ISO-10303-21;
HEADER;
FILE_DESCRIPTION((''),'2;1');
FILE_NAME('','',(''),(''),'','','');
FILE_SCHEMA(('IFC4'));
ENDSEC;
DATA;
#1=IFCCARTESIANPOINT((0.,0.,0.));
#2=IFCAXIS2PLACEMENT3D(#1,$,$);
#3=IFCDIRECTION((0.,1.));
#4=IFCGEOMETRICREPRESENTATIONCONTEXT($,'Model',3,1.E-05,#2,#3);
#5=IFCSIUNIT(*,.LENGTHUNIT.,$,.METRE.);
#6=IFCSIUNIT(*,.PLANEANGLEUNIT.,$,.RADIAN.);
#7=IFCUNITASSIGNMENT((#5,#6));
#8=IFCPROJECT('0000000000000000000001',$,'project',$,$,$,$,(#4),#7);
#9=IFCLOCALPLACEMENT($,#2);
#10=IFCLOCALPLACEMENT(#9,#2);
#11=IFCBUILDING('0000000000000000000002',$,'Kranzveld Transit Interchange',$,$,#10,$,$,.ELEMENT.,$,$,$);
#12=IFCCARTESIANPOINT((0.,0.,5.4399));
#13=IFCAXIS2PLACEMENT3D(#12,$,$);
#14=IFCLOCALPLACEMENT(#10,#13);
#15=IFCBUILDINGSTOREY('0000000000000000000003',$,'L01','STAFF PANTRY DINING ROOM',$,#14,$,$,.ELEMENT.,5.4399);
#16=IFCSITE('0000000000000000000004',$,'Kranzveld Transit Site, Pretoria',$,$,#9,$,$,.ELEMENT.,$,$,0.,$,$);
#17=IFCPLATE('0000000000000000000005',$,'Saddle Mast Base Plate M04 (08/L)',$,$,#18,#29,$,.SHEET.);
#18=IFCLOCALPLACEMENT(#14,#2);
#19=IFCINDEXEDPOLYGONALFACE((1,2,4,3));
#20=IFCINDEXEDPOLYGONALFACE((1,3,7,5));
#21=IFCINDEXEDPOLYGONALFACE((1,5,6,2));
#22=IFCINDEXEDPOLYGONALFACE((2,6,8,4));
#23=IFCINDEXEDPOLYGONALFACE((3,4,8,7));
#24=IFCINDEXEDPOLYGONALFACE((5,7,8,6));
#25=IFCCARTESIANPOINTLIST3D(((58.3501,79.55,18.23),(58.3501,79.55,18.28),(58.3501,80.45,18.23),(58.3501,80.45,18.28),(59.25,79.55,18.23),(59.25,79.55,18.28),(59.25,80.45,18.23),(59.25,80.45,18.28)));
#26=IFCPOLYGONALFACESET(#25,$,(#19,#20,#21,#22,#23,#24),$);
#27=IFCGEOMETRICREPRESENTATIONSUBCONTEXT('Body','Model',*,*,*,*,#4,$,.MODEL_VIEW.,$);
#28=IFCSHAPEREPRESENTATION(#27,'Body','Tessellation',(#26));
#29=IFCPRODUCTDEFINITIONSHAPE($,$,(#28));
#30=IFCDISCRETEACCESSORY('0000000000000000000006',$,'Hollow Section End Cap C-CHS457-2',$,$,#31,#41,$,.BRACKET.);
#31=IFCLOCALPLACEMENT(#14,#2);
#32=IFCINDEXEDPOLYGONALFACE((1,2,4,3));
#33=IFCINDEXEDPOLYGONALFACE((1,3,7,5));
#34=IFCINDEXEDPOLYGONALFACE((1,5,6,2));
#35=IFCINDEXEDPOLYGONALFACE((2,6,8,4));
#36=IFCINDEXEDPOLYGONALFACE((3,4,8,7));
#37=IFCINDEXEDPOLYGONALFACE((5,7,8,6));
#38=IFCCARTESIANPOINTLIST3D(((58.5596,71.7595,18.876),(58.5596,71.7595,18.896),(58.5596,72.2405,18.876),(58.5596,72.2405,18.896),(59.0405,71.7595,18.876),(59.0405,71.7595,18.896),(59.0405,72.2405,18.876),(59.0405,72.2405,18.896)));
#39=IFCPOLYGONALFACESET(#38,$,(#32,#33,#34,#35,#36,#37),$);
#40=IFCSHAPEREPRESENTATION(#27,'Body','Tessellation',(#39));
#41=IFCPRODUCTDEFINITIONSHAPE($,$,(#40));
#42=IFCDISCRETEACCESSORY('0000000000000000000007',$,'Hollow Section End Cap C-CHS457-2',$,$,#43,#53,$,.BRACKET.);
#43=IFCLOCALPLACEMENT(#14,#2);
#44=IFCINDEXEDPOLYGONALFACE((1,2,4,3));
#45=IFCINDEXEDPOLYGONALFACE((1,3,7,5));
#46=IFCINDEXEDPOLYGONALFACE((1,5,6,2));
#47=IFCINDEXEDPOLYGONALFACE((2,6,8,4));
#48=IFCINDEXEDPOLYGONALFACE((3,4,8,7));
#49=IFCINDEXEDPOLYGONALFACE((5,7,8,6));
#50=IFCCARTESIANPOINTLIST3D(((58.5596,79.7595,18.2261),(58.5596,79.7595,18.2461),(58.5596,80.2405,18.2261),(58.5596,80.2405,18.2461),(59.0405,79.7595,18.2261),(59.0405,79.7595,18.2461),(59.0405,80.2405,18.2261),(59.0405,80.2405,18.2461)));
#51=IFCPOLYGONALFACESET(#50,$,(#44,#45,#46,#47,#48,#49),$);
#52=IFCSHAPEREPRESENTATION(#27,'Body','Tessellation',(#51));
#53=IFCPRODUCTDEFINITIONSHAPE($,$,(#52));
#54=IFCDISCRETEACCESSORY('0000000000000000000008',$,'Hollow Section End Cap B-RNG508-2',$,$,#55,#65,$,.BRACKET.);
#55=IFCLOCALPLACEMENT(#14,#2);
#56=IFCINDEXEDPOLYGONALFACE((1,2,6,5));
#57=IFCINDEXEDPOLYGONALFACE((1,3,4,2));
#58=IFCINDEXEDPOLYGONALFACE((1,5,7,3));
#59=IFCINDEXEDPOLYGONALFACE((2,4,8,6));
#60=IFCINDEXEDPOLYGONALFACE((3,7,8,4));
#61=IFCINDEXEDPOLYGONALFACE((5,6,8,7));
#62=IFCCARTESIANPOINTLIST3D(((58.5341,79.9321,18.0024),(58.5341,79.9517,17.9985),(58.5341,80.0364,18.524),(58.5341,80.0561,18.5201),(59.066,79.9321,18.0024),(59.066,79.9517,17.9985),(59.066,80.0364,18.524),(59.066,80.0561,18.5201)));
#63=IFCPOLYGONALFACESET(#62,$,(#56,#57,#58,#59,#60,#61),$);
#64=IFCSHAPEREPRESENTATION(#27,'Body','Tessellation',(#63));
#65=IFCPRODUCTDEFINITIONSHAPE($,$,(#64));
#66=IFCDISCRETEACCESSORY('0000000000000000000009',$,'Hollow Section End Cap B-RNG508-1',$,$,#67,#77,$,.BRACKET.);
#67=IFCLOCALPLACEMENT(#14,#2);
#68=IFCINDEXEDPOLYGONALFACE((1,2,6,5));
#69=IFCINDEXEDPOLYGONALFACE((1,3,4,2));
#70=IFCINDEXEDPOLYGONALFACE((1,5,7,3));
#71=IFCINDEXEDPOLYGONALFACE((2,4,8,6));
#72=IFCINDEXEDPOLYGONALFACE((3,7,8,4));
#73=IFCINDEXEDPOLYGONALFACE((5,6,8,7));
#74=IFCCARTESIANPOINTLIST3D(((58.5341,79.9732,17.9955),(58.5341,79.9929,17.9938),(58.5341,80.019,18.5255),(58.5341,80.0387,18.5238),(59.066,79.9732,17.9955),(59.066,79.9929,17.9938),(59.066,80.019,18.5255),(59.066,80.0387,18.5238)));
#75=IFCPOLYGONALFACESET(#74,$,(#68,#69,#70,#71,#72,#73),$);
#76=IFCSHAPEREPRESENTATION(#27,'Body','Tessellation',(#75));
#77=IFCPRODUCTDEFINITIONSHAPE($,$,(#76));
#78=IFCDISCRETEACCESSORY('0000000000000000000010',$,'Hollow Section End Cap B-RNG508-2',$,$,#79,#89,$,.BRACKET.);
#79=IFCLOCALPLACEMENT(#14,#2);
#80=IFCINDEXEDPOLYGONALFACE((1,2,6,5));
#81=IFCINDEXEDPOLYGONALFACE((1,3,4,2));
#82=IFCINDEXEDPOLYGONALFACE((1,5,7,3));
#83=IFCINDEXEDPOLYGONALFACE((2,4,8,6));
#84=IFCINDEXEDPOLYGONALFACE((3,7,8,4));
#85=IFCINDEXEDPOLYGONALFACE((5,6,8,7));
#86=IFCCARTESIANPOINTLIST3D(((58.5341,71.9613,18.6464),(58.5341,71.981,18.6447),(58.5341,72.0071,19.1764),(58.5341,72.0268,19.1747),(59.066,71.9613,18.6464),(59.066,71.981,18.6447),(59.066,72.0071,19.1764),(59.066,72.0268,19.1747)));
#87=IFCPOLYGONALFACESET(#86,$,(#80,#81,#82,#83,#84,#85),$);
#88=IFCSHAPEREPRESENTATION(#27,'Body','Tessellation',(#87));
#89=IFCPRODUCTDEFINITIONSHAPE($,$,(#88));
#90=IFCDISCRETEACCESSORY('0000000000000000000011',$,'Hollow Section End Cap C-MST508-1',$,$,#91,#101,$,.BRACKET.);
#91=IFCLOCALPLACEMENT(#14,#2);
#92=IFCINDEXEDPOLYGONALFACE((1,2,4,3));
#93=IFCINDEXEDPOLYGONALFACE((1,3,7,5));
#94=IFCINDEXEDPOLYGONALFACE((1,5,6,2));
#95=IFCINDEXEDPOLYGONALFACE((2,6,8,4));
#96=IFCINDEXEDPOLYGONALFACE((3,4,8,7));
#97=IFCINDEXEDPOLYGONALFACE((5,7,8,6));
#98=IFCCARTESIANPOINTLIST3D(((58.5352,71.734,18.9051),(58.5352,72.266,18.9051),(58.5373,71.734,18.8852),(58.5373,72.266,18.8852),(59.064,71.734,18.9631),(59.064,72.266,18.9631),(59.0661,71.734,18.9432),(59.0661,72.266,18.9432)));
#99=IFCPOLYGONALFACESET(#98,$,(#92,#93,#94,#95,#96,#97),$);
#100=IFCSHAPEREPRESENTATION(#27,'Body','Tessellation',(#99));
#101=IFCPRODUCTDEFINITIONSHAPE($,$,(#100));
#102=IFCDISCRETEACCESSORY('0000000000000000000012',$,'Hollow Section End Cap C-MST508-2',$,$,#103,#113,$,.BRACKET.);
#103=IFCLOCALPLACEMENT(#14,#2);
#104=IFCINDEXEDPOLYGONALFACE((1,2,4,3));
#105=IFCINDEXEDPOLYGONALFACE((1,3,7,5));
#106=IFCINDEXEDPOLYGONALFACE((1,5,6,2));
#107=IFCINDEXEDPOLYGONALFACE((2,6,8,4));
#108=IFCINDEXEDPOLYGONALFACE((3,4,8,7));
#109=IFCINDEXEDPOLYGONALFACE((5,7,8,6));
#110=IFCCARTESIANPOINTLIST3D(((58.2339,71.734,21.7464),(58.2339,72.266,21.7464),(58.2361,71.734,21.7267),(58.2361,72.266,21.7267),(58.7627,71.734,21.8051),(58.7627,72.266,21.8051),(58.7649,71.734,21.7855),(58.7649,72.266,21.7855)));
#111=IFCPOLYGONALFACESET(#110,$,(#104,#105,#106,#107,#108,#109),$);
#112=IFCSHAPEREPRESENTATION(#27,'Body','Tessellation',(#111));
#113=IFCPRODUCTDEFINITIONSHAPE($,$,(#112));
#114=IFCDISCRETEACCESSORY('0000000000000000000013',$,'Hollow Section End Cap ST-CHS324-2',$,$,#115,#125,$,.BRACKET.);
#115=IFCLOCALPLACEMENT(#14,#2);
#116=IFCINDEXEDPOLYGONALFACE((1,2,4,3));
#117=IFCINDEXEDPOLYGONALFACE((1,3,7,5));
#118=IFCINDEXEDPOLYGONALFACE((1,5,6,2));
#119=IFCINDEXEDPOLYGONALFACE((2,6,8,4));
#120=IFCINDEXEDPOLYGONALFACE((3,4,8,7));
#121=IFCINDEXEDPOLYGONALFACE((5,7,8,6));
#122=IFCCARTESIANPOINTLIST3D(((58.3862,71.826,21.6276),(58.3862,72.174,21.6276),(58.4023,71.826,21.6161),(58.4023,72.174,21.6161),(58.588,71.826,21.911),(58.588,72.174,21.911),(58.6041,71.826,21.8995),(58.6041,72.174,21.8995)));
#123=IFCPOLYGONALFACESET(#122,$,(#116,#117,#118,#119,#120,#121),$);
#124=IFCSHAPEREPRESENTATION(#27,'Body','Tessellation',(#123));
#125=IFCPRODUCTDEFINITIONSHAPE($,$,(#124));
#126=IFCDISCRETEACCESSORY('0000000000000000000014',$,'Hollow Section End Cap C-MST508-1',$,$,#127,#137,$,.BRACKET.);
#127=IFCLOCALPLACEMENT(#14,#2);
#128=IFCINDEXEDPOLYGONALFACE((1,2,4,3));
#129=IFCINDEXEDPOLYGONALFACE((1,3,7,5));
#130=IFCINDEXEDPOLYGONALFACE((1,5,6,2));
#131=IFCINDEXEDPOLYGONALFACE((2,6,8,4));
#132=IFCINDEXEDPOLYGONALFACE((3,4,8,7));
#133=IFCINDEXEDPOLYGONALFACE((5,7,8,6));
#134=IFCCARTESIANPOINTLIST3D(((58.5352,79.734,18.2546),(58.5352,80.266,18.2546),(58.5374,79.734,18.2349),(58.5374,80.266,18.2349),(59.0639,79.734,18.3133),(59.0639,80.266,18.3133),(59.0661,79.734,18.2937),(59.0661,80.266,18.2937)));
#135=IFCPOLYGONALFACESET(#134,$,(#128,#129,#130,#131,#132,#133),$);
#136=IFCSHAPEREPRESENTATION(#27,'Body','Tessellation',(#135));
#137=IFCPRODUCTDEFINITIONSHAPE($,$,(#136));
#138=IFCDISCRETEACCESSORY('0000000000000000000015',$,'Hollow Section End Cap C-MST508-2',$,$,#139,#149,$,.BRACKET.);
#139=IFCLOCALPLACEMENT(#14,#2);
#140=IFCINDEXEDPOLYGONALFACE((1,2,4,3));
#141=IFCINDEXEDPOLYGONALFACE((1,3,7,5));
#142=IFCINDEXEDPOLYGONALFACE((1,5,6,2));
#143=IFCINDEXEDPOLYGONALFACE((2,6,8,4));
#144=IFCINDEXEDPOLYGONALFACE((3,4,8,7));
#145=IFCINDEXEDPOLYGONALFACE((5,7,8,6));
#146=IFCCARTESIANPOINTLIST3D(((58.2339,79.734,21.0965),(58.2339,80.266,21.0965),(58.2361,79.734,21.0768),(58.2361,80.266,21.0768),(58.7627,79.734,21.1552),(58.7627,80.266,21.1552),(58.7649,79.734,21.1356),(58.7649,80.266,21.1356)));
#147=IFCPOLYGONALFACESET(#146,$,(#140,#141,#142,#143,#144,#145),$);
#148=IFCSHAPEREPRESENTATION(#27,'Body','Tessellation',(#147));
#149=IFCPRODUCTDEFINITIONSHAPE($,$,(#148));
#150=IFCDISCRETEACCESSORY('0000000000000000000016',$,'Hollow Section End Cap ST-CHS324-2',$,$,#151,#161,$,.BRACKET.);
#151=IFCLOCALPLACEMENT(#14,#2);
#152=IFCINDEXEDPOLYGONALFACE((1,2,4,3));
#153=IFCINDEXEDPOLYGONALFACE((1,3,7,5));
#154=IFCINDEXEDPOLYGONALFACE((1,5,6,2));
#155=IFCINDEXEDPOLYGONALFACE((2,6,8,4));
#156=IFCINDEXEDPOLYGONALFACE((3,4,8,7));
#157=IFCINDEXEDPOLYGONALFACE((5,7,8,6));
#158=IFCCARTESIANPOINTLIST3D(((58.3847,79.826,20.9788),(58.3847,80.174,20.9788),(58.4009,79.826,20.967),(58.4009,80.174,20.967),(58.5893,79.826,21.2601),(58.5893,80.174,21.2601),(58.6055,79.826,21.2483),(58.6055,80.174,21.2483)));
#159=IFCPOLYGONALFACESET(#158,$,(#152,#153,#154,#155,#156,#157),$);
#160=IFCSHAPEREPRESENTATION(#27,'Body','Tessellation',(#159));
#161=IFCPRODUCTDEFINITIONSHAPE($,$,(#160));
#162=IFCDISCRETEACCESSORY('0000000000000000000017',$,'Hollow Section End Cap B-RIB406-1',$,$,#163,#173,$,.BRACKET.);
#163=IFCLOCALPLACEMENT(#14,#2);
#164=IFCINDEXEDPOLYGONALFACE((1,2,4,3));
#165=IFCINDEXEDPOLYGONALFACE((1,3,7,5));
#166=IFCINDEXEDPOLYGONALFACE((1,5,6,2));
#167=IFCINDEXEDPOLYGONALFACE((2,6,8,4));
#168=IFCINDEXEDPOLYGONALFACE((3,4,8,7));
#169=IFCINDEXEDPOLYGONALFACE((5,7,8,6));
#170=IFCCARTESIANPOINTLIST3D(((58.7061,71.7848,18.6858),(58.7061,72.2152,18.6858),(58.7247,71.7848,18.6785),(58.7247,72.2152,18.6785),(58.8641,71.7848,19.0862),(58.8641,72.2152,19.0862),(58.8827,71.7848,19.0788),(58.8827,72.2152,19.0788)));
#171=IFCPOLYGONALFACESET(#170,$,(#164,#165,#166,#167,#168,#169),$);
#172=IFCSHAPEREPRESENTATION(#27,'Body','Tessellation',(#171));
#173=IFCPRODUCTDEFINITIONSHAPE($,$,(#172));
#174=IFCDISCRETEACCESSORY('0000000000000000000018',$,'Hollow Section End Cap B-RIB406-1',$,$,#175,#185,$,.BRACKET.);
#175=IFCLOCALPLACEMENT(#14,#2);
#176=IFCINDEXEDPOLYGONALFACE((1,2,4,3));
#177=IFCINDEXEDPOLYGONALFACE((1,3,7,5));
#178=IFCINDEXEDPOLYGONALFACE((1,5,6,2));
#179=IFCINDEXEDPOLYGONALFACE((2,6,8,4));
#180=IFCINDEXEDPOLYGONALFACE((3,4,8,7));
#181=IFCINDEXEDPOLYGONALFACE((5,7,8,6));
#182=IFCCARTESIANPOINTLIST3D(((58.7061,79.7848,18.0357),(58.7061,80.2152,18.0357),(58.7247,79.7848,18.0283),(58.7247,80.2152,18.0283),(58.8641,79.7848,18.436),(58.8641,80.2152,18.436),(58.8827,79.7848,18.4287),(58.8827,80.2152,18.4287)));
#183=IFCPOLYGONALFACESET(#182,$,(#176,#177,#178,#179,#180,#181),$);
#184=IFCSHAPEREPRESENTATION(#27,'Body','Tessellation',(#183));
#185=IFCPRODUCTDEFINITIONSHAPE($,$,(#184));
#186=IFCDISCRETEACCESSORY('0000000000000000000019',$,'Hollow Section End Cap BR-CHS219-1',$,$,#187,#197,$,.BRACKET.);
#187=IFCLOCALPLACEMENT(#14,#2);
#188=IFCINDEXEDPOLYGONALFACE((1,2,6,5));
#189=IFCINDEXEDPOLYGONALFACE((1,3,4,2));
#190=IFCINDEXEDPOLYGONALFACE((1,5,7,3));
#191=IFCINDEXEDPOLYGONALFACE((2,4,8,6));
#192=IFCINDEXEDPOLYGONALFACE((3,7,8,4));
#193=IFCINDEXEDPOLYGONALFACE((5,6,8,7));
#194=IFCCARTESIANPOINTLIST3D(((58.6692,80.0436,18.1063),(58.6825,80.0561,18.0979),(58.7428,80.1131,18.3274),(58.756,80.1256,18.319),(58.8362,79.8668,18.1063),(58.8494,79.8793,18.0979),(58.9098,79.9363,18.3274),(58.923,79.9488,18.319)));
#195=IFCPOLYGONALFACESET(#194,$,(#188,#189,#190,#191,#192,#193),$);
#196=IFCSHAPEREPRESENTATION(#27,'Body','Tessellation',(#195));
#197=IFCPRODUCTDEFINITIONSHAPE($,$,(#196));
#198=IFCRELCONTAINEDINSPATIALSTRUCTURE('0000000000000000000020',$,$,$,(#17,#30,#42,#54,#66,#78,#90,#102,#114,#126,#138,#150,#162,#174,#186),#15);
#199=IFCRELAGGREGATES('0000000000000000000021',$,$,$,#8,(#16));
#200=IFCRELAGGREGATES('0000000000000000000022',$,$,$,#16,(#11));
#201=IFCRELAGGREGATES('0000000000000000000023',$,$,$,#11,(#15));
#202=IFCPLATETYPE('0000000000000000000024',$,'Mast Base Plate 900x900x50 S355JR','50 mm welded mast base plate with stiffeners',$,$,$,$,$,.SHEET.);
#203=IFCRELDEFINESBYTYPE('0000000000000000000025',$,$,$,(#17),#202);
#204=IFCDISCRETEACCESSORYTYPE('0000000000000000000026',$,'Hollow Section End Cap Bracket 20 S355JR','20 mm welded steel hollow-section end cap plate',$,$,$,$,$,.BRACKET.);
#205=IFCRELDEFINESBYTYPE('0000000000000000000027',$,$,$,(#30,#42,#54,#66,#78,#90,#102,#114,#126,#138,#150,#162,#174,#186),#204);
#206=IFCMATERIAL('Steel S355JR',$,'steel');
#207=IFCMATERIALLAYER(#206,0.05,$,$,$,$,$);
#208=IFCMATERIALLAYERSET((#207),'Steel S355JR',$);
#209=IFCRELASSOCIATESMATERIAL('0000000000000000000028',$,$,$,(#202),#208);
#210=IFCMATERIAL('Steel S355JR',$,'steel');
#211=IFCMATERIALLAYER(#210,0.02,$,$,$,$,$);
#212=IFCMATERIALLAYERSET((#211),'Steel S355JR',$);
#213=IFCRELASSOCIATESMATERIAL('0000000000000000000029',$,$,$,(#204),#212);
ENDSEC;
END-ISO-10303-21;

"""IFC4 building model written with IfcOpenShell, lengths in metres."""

from ifc_helpers import new_model, si_unit, direction, frame, origin, origin_2d, place, context, subcontext, project, spatial, rectangle, extrude, material, layer, layer_set, type_object, element, save


model = new_model("IFC4")

# Units and contexts
model_context = context("Model", 3, precision=1e-05, world=origin(), true_north=direction((0.0, 1.0)))
body_context = subcontext(model_context, "Body", "Model", "MODEL_VIEW")
ifc_project = project(units=[si_unit("LENGTHUNIT", "METRE"), si_unit("PLANEANGLEUNIT", "RADIAN")], contexts=[model_context])

# Site, building, storey
site_placement = place(None, origin())
site = spatial("IfcSite", under=ifc_project, at=site_placement, Name="Kranzveld Transit Site, Pretoria", CompositionType="ELEMENT", RefElevation=0.0)
building_placement = place(site_placement, origin())
building = spatial("IfcBuilding", under=site, at=building_placement, Name="Kranzveld Transit Interchange", CompositionType="ELEMENT")
storey_placement = place(building_placement, frame((0.0, 0.0, 5.4399)))
storey = spatial("IfcBuildingStorey", under=building, at=storey_placement, Name="L01", Description="STAFF PANTRY DINING ROOM", CompositionType="ELEMENT", Elevation=5.4399)

# Plate
ifc_material_1 = material(Name="Steel S355JR", Category="steel")
ifc_layer_1 = layer(ifc_material_1, 0.05)
ifc_layer_set_1 = layer_set([ifc_layer_1], Name="Steel S355JR")
plate_type_1 = type_object("IfcPlateType", Name="Mast Base Plate 900x900x50 S355JR", Description="50 mm welded mast base plate with stiffeners", PredefinedType="SHEET", material=ifc_layer_set_1)
for number, where, z_axis, x_axis, name in (
    (1, (58.8, 80.0, 18.23), (0.0, 0.0, 1.0), (1.0, 0.0, 0.0), "Saddle Mast Base Plate M04 (08/L)"),
):
    element("IfcPlate", number, at=place(storey_placement, frame(where, z_axis=z_axis, x_axis=x_axis)), inside=storey, type_object=plate_type_1, Name=name, PredefinedType="SHEET", context=body_context, shape_type="SweptSolid", body=[
        extrude(rectangle(XDim=0.8999, YDim=0.8999, at=origin_2d()), origin(), (0.0, 0.0, 1.0), 0.05),
    ])

# Discrete accessories
ifc_material_2 = material(Name="Steel S355JR", Category="steel")
ifc_layer_2 = layer(ifc_material_2, 0.02)
ifc_layer_set_2 = layer_set([ifc_layer_2], Name="Steel S355JR")
discrete_accessory_type = type_object("IfcDiscreteAccessoryType", Name="Hollow Section End Cap Bracket 20 S355JR", Description="20 mm welded steel hollow-section end cap plate", PredefinedType="BRACKET", material=ifc_layer_set_2)
for number, where, z_axis, x_axis, name in (
    (2, (58.8, 72.0, 18.876), (0.0, 0.0, 1.0), (1.0, 0.0, 0.0), "Hollow Section End Cap C-CHS457-2"),
    (3, (58.8, 80.0, 18.2261), (0.0, 0.0, 1.0), (1.0, 0.0, 0.0), "Hollow Section End Cap C-CHS457-2"),
):
    element("IfcDiscreteAccessory", number, at=place(storey_placement, frame(where, z_axis=z_axis, x_axis=x_axis)), inside=storey, type_object=discrete_accessory_type, Name=name, PredefinedType="BRACKET", context=body_context, shape_type="SweptSolid", body=[
        extrude(rectangle(XDim=0.481, YDim=0.481, at=origin_2d()), origin(), (0.0, 0.0, 1.0), 0.02),
    ])
discrete_accessory_1_placement = place(storey_placement, frame((58.8, 80.0039, 18.2593), z_axis=(0.0, -0.980581, 0.196116), x_axis=(1.0, 0.0, 0.0)))
element("IfcDiscreteAccessory", 4, at=discrete_accessory_1_placement, inside=storey, type_object=discrete_accessory_type, Name="Hollow Section End Cap B-RNG508-2", PredefinedType="BRACKET", context=body_context, shape_type="SweptSolid", body=[
    extrude(rectangle(XDim=0.532, YDim=0.532, at=origin_2d()), origin(), (0.0, 0.0, 1.0), 0.02),
])
for number, where, z_axis, x_axis, name in (
    (5, (58.8, 79.9961, 18.2605), (0.0, 0.996287, -0.086099), (-1.0, 0.0, 0.0), "Hollow Section End Cap B-RNG508-1"),
    (6, (58.8, 72.0039, 18.9097), (0.0, -0.996287, 0.086099), (1.0, 0.0, 0.0), "Hollow Section End Cap B-RNG508-2"),
):
    element("IfcDiscreteAccessory", number, at=place(storey_placement, frame(where, z_axis=z_axis, x_axis=x_axis)), inside=storey, type_object=discrete_accessory_type, Name=name, PredefinedType="BRACKET", context=body_context, shape_type="SweptSolid", body=[
        extrude(rectangle(XDim=0.532, YDim=0.532, at=origin_2d()), origin(), (0.0, 0.0, 1.0), 0.0198),
    ])
discrete_accessory_2_placement = place(storey_placement, frame((58.7996, 72.0, 18.9341), z_axis=(0.109101, 0.0, -0.994031), x_axis=(0.0, 1.0, 0.0)))
element("IfcDiscreteAccessory", 7, at=discrete_accessory_2_placement, inside=storey, type_object=discrete_accessory_type, Name="Hollow Section End Cap C-MST508-1", PredefinedType="BRACKET", context=body_context, shape_type="SweptSolid", body=[
    extrude(rectangle(XDim=0.532, YDim=0.532, at=origin_2d()), origin(), (0.0, 0.0, 1.0), 0.02),
])
discrete_accessory_3_placement = place(storey_placement, frame((58.5005, 72.0, 21.7561), z_axis=(-0.110432, 0.0, 0.993884), x_axis=(0.0, -1.0, 0.0)))
element("IfcDiscreteAccessory", 8, at=discrete_accessory_3_placement, inside=storey, type_object=discrete_accessory_type, Name="Hollow Section End Cap C-MST508-2", PredefinedType="BRACKET", context=body_context, shape_type="SweptSolid", body=[
    extrude(rectangle(XDim=0.532, YDim=0.532, at=origin_2d()), origin(), (0.0, 0.0, 1.0), 0.0198),
])
discrete_accessory_4_placement = place(storey_placement, frame((58.5032, 72.0, 21.7578), z_axis=(-0.814567, 0.0, 0.58007), x_axis=(0.0, -1.0, 0.0)))
element("IfcDiscreteAccessory", 9, at=discrete_accessory_4_placement, inside=storey, type_object=discrete_accessory_type, Name="Hollow Section End Cap ST-CHS324-2", PredefinedType="BRACKET", context=body_context, shape_type="SweptSolid", body=[
    extrude(rectangle(XDim=0.3479, YDim=0.3479, at=origin_2d()), origin(), (0.0, 0.0, 1.0), 0.0198),
])
for number, where, z_axis, x_axis, name in (
    (10, (58.7996, 80.0, 18.2839), (0.110432, 0.0, -0.993884), (0.0, 1.0, 0.0), "Hollow Section End Cap C-MST508-1"),
    (11, (58.5005, 80.0, 21.1062), (-0.110432, 0.0, 0.993884), (0.0, -1.0, 0.0), "Hollow Section End Cap C-MST508-2"),
):
    element("IfcDiscreteAccessory", number, at=place(storey_placement, frame(where, z_axis=z_axis, x_axis=x_axis)), inside=storey, type_object=discrete_accessory_type, Name=name, PredefinedType="BRACKET", context=body_context, shape_type="SweptSolid", body=[
        extrude(rectangle(XDim=0.532, YDim=0.532, at=origin_2d()), origin(), (0.0, 0.0, 1.0), 0.0198),
    ])
discrete_accessory_5_placement = place(storey_placement, frame((58.5032, 80.0, 21.1077), z_axis=(-0.808736, 0.0, 0.588172), x_axis=(0.0, -1.0, 0.0)))
element("IfcDiscreteAccessory", 12, at=discrete_accessory_5_placement, inside=storey, type_object=discrete_accessory_type, Name="Hollow Section End Cap ST-CHS324-2", PredefinedType="BRACKET", context=body_context, shape_type="SweptSolid", body=[
    extrude(rectangle(XDim=0.3479, YDim=0.3479, at=origin_2d()), origin(), (0.0, 0.0, 1.0), 0.02),
])
for number, where, z_axis, x_axis, name in (
    (13, (58.8037, 72.0, 18.8787), (-0.930155, 0.0, 0.367167), (0.0, -1.0, 0.0), "Hollow Section End Cap B-RIB406-1"),
    (14, (58.8037, 80.0, 18.2285), (-0.930155, 0.0, 0.367167), (0.0, -1.0, 0.0), "Hollow Section End Cap B-RIB406-1"),
):
    element("IfcDiscreteAccessory", number, at=place(storey_placement, frame(where, z_axis=z_axis, x_axis=x_axis)), inside=storey, type_object=discrete_accessory_type, Name=name, PredefinedType="BRACKET", context=body_context, shape_type="SweptSolid", body=[
        extrude(rectangle(XDim=0.4304, YDim=0.4304, at=origin_2d()), origin(), (0.0, 0.0, 1.0), 0.02),
    ])
discrete_accessory_6_placement = place(storey_placement, frame((58.8027, 80.0024, 18.2085), z_axis=(-0.661048, -0.624323, 0.416216), x_axis=(0.686624, -0.727013, 0.0)))
element("IfcDiscreteAccessory", 15, at=discrete_accessory_6_placement, inside=storey, type_object=discrete_accessory_type, Name="Hollow Section End Cap BR-CHS219-1", PredefinedType="BRACKET", context=body_context, shape_type="SweptSolid", body=[
    extrude(rectangle(XDim=0.2432, YDim=0.2432, at=origin_2d()), origin(), (0.0, 0.0, 1.0), 0.02),
])

save(model, "model.ifc")
